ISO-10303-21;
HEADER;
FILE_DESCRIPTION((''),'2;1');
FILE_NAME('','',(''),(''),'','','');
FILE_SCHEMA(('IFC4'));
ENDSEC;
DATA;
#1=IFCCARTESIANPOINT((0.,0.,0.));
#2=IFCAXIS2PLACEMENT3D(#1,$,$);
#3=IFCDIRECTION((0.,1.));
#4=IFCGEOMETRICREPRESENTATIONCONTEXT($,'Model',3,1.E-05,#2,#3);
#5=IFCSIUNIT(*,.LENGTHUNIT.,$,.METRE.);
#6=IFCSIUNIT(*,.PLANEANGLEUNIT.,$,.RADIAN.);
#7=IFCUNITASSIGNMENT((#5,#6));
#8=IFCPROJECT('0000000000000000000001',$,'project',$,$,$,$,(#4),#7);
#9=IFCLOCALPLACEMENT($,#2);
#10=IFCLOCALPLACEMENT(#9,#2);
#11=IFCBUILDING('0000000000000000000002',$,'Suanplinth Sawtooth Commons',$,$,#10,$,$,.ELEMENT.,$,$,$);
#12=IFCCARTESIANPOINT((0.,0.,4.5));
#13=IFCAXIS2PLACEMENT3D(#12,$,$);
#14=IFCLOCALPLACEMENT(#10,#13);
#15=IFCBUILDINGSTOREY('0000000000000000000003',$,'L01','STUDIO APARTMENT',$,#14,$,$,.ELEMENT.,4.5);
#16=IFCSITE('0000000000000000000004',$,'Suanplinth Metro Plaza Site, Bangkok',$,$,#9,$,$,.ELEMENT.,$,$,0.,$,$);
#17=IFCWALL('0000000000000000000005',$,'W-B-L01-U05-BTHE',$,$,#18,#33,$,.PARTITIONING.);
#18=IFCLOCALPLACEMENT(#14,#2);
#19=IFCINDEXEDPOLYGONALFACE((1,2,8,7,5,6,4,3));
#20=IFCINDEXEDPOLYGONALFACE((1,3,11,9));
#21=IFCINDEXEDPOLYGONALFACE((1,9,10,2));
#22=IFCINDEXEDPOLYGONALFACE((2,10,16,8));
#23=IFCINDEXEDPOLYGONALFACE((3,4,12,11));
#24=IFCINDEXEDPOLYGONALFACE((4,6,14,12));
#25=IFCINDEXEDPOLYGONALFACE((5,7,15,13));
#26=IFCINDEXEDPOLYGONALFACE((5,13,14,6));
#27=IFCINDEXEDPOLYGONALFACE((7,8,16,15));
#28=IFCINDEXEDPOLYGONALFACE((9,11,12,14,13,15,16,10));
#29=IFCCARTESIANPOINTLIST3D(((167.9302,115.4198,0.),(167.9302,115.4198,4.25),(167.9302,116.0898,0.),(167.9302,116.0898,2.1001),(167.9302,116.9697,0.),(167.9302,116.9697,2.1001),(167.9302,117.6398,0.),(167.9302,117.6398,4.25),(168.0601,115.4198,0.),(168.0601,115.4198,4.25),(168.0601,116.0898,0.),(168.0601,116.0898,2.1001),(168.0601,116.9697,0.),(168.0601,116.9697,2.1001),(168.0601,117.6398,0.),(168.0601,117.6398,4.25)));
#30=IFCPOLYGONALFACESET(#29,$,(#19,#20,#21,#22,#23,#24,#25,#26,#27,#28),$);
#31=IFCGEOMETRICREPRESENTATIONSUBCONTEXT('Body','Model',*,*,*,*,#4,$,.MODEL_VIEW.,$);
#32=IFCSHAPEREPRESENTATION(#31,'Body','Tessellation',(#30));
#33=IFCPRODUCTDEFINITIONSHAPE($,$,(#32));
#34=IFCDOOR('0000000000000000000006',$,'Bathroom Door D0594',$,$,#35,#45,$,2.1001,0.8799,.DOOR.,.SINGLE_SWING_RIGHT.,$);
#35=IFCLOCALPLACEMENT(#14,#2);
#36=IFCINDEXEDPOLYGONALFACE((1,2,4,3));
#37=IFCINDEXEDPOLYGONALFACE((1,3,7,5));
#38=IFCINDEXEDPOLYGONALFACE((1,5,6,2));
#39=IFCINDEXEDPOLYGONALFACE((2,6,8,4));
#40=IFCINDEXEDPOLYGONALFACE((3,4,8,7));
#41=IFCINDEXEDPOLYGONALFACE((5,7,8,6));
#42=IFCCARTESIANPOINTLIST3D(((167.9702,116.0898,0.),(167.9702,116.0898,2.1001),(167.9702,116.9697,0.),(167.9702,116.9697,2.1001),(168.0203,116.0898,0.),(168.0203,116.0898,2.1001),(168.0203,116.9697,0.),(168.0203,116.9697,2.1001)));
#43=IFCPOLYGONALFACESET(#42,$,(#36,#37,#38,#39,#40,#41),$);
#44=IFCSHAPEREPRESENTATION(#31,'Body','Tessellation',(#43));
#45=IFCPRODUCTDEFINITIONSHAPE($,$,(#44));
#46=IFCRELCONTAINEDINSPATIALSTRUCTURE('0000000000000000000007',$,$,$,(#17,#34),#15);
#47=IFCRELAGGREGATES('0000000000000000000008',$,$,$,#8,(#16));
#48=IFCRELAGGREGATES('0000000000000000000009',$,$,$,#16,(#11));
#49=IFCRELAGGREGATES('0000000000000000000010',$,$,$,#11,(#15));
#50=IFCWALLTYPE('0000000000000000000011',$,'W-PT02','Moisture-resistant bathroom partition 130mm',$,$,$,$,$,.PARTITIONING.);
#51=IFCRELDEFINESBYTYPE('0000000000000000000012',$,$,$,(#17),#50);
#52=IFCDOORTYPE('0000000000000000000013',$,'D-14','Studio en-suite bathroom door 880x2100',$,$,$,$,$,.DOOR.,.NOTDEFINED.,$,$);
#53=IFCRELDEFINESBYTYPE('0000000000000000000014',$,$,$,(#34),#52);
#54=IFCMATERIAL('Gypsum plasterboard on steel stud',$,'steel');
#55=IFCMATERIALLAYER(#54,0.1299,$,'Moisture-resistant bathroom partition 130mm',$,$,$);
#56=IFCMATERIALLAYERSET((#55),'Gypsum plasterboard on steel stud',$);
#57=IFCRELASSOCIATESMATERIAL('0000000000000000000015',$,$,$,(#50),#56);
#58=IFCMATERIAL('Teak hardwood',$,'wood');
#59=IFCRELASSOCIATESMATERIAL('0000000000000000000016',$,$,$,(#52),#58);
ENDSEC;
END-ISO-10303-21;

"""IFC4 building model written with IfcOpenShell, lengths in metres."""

from ifc_helpers import new_model, si_unit, direction, frame, frame_2d, origin, place, context, subcontext, project, spatial, rectangle, extrude, material, layer, layer_set, type_object, element, fill, save


model = new_model("IFC4")

# Units and contexts
model_context = context("Model", 3, precision=1e-05, world=origin(), true_north=direction((0.0, 1.0)))
body_context = subcontext(model_context, "Body", "Model", "MODEL_VIEW")
ifc_project = project(units=[si_unit("LENGTHUNIT", "METRE"), si_unit("PLANEANGLEUNIT", "RADIAN")], contexts=[model_context])

# Site, building, storey
site_placement = place(None, origin())
site = spatial("IfcSite", under=ifc_project, at=site_placement, Name="Suanplinth Metro Plaza Site, Bangkok", CompositionType="ELEMENT", RefElevation=0.0)
building_placement = place(site_placement, origin())
building = spatial("IfcBuilding", under=site, at=building_placement, Name="Suanplinth Sawtooth Commons", CompositionType="ELEMENT")
storey_placement = place(building_placement, frame((0.0, 0.0, 4.5)))
storey = spatial("IfcBuildingStorey", under=building, at=storey_placement, Name="L01", Description="STUDIO APARTMENT", CompositionType="ELEMENT", Elevation=4.5)

# Shared definitions
ifc_material_1 = material(Name="Gypsum plasterboard on steel stud", Category="steel")
ifc_material_2 = material(Name="Teak hardwood", Category="wood")

# Shared definitions
ifc_layer_1 = layer(ifc_material_1, 0.1299, Name="Moisture-resistant bathroom partition 130mm")
ifc_layer_set_1 = layer_set([ifc_layer_1], Name="Gypsum plasterboard on steel stud")
wall_type_1 = type_object("IfcWallType", Name="W-PT02", Description="Moisture-resistant bathroom partition 130mm", PredefinedType="PARTITIONING", material=ifc_layer_set_1)

# Wall, opening, door
wall_1_placement = place(storey_placement, frame((167.9951, 115.4199, 0.0), z_axis=(0.0, 0.0, 1.0), x_axis=(0.0, 1.0, 0.0)))
wall_1 = element("IfcWall", 1, at=wall_1_placement, inside=storey, type_object=wall_type_1, Name="W-B-L01-U05-BTHE", PredefinedType="PARTITIONING", context=body_context, shape_type="SweptSolid", body=[
    extrude(rectangle(XDim=2.22, YDim=0.1299, at=frame_2d((1.1099, 0.0))), origin(), (0.0, 0.0, 1.0), 4.25),
])
opening_1_placement = place(wall_1_placement, frame((0.6699, 0.0, 0.0)))
opening_1 = element("IfcOpeningElement", 2, at=opening_1_placement, cuts=wall_1, PredefinedType="OPENING", context=body_context, shape_type="SweptSolid", body=[
    extrude(rectangle(XDim=0.8799, YDim=2.1001, at=frame_2d((0.4399, 1.05))), frame((0.0, 0.0798, 0.0), z_axis=(0.0, -1.0, 0.0), x_axis=(1.0, 0.0, 0.0)), (0.0, 0.0, 1.0), 0.1597),
])
door_type_1 = type_object("IfcDoorType", Name="D-14", Description="Studio en-suite bathroom door 880x2100", OperationType="NOTDEFINED", PredefinedType="DOOR", material=ifc_material_2)
door_1_placement = place(opening_1_placement, origin())
door_1 = element("IfcDoor", 3, at=door_1_placement, inside=storey, type_object=door_type_1, Name="Bathroom Door D0594", OperationType="SINGLE_SWING_RIGHT", OverallHeight=2.1001, OverallWidth=0.8799, PredefinedType="DOOR", context=body_context, shape_type="SweptSolid", body=[
    extrude(rectangle(XDim=0.8799, YDim=2.1001, at=frame_2d((0.4399, 1.05))), frame((0.0, 0.0249, 0.0), z_axis=(0.0, -1.0, 0.0), x_axis=(1.0, 0.0, 0.0)), (0.0, 0.0, 1.0), 0.05),
])
fill(opening_1, door_1)

save(model, "model.ifc")
